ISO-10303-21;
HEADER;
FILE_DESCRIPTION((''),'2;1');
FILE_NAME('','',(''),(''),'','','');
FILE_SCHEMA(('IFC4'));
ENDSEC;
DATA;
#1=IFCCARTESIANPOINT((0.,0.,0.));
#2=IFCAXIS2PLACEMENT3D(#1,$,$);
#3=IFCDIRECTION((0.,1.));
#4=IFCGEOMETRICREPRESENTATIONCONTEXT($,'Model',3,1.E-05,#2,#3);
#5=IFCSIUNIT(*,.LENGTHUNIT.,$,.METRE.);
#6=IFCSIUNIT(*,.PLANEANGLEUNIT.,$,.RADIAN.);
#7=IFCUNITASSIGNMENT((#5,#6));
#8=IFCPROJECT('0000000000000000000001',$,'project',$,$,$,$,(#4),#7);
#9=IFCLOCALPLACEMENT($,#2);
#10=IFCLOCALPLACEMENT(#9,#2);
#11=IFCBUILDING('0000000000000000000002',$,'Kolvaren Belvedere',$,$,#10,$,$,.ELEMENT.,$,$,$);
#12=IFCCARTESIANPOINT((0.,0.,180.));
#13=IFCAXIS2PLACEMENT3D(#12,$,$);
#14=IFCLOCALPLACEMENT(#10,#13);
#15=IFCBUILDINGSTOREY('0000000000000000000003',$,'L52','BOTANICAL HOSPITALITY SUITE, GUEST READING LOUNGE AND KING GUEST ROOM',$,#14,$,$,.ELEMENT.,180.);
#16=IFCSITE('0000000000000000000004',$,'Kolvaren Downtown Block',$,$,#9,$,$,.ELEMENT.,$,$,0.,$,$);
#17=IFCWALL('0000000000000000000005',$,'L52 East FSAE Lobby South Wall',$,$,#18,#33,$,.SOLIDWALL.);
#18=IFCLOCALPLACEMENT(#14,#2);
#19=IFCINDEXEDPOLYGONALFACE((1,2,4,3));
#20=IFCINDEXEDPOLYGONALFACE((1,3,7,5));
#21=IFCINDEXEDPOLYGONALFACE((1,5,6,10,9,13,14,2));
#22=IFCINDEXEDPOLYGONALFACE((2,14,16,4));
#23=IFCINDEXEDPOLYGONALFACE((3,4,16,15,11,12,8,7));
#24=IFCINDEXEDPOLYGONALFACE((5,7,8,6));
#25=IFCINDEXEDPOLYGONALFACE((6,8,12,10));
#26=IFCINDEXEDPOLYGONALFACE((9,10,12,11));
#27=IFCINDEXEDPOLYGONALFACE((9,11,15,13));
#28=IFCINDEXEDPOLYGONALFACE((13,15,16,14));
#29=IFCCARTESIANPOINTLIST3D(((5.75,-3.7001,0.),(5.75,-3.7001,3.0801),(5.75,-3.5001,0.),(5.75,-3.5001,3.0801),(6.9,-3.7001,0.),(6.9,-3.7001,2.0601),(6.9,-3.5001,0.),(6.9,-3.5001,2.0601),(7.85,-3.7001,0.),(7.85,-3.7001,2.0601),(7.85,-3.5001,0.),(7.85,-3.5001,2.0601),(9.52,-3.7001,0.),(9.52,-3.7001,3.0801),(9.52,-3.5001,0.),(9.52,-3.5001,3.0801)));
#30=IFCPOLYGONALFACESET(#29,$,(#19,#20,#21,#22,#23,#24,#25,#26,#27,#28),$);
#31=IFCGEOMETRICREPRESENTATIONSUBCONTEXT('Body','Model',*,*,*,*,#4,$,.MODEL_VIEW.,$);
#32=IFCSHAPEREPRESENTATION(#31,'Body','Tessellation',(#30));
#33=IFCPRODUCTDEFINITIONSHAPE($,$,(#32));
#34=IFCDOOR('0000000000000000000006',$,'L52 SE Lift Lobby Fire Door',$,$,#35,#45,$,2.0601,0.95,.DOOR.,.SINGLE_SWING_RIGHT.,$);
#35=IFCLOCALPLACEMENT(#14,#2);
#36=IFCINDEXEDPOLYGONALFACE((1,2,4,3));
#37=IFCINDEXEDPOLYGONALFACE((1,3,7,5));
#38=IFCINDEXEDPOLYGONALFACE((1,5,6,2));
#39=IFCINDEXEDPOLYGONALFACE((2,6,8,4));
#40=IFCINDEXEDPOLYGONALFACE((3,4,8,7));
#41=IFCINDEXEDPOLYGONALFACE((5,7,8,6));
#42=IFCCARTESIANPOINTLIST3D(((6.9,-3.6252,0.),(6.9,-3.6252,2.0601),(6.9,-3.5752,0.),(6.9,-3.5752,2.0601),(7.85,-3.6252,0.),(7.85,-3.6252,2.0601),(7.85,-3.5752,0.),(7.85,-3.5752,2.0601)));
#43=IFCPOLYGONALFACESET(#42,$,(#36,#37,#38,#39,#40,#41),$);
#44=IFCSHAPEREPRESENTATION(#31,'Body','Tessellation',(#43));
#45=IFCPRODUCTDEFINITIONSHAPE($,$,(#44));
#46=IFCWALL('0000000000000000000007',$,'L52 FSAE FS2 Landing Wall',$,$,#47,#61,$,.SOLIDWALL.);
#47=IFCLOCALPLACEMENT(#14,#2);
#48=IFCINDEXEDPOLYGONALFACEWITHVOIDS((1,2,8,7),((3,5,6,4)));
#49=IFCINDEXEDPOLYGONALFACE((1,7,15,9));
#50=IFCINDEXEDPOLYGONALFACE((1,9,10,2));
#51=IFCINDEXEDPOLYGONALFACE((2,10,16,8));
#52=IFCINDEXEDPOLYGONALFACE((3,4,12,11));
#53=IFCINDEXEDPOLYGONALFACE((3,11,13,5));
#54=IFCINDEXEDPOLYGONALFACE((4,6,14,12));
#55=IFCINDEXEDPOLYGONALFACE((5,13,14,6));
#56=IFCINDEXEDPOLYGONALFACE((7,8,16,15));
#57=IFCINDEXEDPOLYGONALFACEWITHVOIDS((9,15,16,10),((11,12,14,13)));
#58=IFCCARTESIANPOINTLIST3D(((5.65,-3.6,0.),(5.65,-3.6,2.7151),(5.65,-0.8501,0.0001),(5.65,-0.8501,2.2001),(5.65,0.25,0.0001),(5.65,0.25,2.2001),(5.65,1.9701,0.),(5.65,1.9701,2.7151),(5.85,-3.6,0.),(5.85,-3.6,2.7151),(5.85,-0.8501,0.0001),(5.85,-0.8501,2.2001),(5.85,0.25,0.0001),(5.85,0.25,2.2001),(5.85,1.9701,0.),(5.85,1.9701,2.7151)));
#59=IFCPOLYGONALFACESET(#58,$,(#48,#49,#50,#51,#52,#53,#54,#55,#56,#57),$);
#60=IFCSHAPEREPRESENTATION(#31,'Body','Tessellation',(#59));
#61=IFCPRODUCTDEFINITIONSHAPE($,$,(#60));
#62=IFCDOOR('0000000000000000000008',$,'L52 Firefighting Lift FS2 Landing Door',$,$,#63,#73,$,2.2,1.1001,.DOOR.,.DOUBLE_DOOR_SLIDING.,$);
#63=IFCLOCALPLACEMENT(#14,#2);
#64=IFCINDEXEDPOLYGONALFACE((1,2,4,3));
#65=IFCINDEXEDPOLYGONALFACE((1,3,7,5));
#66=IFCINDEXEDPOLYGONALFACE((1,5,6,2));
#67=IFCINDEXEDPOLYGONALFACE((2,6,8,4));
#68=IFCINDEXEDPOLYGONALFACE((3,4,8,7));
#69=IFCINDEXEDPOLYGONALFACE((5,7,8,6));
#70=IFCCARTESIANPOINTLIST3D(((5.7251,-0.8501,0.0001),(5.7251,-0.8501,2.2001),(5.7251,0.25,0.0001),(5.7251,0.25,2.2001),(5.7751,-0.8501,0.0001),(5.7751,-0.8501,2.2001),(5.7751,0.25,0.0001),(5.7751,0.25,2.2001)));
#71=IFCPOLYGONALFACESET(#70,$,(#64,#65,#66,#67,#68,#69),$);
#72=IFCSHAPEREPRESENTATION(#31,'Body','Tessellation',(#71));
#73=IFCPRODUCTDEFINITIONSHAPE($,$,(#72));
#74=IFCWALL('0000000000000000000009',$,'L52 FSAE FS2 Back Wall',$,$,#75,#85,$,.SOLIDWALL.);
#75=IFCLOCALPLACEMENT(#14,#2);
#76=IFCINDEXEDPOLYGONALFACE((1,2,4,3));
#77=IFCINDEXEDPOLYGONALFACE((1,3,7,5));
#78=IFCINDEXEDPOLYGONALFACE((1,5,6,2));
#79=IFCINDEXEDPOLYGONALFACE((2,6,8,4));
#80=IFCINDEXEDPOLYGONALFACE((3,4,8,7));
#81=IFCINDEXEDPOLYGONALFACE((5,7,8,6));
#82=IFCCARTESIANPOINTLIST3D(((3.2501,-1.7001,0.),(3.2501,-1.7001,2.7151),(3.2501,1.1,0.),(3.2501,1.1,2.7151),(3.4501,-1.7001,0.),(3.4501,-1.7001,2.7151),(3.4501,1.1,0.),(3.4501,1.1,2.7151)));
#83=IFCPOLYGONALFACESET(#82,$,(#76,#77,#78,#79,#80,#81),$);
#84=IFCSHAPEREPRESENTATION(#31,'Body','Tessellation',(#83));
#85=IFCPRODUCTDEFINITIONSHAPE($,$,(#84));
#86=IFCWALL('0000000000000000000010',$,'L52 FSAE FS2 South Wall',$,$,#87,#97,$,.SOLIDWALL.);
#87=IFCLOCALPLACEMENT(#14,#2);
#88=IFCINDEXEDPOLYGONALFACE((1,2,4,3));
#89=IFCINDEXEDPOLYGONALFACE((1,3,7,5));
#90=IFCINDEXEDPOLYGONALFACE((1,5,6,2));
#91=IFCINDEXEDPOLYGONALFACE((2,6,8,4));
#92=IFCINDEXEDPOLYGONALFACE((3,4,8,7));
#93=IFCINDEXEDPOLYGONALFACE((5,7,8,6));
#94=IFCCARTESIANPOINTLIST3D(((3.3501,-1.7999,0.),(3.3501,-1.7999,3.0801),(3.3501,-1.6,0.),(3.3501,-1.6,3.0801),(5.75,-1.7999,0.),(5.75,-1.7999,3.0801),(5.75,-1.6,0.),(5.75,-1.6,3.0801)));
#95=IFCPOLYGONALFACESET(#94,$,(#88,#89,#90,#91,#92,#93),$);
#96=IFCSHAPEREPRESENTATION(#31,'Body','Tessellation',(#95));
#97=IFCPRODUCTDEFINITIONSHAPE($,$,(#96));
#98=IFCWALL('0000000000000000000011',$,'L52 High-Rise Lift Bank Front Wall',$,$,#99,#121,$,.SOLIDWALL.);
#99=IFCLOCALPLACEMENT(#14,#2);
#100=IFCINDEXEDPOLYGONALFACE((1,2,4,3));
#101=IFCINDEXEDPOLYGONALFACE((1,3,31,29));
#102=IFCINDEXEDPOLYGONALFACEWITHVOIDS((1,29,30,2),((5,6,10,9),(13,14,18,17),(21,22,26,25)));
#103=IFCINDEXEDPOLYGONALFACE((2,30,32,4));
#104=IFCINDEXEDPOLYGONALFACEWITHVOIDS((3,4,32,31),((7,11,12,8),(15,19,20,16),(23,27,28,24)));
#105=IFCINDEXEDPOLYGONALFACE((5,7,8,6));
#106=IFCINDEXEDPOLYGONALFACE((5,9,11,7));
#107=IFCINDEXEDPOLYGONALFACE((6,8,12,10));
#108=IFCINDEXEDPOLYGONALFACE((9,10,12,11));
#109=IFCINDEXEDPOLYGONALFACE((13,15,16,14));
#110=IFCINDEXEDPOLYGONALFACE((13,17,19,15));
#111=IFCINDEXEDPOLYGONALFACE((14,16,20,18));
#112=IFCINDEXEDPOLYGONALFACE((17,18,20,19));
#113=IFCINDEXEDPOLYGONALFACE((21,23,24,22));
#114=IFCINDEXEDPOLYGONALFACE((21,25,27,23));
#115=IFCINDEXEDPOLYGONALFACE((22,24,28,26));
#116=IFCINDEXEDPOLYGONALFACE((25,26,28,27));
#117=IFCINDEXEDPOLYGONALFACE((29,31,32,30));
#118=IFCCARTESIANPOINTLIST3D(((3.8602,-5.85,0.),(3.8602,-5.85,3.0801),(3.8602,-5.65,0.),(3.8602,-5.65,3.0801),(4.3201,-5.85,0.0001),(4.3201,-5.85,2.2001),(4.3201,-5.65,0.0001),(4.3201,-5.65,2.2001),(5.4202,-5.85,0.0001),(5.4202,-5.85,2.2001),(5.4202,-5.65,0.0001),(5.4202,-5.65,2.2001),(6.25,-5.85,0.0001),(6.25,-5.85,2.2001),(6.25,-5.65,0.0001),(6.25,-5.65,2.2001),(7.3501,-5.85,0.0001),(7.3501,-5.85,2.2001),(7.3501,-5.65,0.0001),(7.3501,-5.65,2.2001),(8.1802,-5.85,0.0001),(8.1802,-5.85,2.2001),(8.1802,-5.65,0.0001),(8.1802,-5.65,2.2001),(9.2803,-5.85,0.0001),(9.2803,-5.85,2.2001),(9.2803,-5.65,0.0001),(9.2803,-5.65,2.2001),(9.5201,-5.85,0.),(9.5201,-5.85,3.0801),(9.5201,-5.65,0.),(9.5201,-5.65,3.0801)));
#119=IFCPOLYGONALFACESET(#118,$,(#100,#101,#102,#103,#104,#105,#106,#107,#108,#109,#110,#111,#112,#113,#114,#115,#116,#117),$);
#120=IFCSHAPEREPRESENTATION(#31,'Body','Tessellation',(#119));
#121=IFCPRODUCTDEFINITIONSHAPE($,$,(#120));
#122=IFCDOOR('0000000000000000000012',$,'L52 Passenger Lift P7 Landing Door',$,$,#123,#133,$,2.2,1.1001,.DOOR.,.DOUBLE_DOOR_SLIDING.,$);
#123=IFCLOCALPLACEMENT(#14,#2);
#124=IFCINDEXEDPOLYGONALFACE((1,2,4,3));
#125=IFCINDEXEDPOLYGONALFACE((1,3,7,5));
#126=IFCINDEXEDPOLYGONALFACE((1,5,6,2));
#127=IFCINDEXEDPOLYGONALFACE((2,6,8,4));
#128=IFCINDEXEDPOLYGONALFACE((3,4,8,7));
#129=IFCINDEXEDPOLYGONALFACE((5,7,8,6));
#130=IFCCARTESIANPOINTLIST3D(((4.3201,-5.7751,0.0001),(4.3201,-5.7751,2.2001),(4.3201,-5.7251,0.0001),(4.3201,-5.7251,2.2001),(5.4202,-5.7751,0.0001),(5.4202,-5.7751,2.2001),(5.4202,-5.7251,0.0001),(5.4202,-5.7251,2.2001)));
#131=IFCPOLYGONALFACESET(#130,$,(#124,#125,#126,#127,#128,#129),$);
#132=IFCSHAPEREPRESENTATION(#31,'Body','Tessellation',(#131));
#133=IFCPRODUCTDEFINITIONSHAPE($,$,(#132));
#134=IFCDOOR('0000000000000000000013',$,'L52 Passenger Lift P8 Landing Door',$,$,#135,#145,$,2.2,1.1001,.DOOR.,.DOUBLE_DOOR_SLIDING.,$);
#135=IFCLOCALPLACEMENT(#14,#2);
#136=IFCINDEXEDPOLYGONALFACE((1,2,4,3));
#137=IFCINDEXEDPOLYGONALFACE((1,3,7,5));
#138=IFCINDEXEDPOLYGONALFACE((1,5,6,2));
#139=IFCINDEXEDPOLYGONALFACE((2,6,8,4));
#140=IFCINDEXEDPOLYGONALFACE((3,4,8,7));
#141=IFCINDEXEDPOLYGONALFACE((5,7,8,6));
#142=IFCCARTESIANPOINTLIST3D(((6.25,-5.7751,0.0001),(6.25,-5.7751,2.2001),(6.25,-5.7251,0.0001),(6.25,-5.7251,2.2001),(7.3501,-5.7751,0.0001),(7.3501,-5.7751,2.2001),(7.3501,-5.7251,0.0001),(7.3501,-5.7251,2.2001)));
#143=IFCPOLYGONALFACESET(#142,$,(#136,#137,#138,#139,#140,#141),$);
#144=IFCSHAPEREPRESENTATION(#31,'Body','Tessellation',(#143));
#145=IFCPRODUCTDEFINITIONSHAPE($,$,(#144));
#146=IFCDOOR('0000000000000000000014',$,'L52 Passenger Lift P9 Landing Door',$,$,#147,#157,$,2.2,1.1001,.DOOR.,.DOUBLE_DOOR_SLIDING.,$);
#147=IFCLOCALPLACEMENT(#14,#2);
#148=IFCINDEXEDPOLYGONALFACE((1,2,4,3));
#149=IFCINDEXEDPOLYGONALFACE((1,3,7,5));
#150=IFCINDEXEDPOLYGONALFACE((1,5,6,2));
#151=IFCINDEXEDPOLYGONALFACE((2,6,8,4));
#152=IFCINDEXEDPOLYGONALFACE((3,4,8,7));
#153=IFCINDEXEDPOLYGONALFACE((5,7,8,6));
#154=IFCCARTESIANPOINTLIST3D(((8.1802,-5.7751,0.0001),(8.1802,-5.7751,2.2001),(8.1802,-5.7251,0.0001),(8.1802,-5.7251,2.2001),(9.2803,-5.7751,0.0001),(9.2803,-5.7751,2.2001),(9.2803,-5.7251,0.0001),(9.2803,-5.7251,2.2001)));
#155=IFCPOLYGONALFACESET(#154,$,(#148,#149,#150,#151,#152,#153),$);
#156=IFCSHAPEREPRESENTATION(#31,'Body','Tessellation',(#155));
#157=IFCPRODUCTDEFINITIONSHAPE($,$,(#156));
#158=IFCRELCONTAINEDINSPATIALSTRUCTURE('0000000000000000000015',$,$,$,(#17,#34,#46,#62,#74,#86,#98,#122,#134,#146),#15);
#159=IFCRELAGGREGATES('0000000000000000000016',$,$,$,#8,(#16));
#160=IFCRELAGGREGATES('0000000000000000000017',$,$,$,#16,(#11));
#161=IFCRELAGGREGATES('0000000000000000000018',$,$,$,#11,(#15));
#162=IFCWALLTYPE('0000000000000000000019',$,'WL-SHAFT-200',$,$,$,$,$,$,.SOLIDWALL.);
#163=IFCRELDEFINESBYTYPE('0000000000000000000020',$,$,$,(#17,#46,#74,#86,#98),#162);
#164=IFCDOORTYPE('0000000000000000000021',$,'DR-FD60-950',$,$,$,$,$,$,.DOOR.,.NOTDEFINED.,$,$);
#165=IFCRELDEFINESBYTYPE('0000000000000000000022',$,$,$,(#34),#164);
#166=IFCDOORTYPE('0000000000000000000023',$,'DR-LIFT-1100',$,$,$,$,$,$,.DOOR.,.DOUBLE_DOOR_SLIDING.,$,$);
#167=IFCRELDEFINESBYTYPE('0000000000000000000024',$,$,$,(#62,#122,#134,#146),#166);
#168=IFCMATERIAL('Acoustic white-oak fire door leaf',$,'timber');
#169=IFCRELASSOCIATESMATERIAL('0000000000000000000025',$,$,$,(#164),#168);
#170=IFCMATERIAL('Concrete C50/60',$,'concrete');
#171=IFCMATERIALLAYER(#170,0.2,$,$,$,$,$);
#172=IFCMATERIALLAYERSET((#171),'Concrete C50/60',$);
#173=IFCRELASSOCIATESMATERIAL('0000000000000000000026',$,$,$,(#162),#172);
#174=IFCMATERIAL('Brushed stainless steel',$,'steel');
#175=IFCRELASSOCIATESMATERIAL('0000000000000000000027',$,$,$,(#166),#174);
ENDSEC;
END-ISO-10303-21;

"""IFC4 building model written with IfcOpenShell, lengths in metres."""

from ifc_helpers import new_model, si_unit, direction, frame, frame_2d, origin, place, context, subcontext, project, spatial, rectangle, extrude, material, layer, layer_set, type_object, element, fill, save


model = new_model("IFC4")

# Units and contexts
model_context = context("Model", 3, precision=1e-05, world=origin(), true_north=direction((0.0, 1.0)))
body_context = subcontext(model_context, "Body", "Model", "MODEL_VIEW")
ifc_project = project(units=[si_unit("LENGTHUNIT", "METRE"), si_unit("PLANEANGLEUNIT", "RADIAN")], contexts=[model_context])

# Site, building, storey
site_placement = place(None, origin())
site = spatial("IfcSite", under=ifc_project, at=site_placement, Name="Kolvaren Downtown Block", CompositionType="ELEMENT", RefElevation=0.0)
building_placement = place(site_placement, origin())
building = spatial("IfcBuilding", under=site, at=building_placement, Name="Kolvaren Belvedere", CompositionType="ELEMENT")
storey_placement = place(building_placement, frame((0.0, 0.0, 180.0)))
storey = spatial("IfcBuildingStorey", under=building, at=storey_placement, Name="L52", Description="BOTANICAL HOSPITALITY SUITE, GUEST READING LOUNGE AND KING GUEST ROOM", CompositionType="ELEMENT", Elevation=180.0)

# Walls, openings, doors
ifc_material_1 = material(Name="Acoustic white-oak fire door leaf", Category="timber")
door_type_1 = type_object("IfcDoorType", Name="DR-FD60-950", OperationType="NOTDEFINED", PredefinedType="DOOR", material=ifc_material_1)
ifc_material_2 = material(Name="Concrete C50/60", Category="concrete")
ifc_layer_1 = layer(ifc_material_2, 0.2)
ifc_layer_set_1 = layer_set([ifc_layer_1], Name="Concrete C50/60")
wall_type_1 = type_object("IfcWallType", Name="WL-SHAFT-200", PredefinedType="SOLIDWALL", material=ifc_layer_set_1)
wall_1_placement = place(storey_placement, frame((5.75, -3.6001, 0.0), z_axis=(0.0, 0.0, 1.0), x_axis=(1.0, 0.0, 0.0)))
wall_1 = element("IfcWall", 1, at=wall_1_placement, inside=storey, type_object=wall_type_1, Name="L52 East FSAE Lobby South Wall", PredefinedType="SOLIDWALL", context=body_context, shape_type="SweptSolid", body=[
    extrude(rectangle(XDim=3.77, YDim=0.2, at=frame_2d((1.885, 0.0))), origin(), (0.0, 0.0, 1.0), 3.0801),
])
opening_1_placement = place(wall_1_placement, frame((1.1499, 0.0, 0.0)))
opening_1 = element("IfcOpeningElement", 2, at=opening_1_placement, cuts=wall_1, PredefinedType="OPENING", context=body_context, shape_type="SweptSolid", body=[
    extrude(rectangle(XDim=0.95, YDim=2.0601, at=frame_2d((0.4751, 1.03))), frame((0.0, 0.1099, 0.0), z_axis=(0.0, -1.0, 0.0), x_axis=(1.0, 0.0, 0.0)), (0.0, 0.0, 1.0), 0.22),
])
door_1_placement = place(opening_1_placement, origin())
door_1 = element("IfcDoor", 3, at=door_1_placement, inside=storey, type_object=door_type_1, Name="L52 SE Lift Lobby Fire Door", OperationType="SINGLE_SWING_RIGHT", OverallHeight=2.0601, OverallWidth=0.95, PredefinedType="DOOR", context=body_context, shape_type="SweptSolid", body=[
    extrude(rectangle(XDim=0.95, YDim=2.0601, at=frame_2d((0.4751, 1.03))), frame((0.0, 0.0249, 0.0), z_axis=(0.0, -1.0, 0.0), x_axis=(1.0, 0.0, 0.0)), (0.0, 0.0, 1.0), 0.05),
])
fill(opening_1, door_1)
wall_2_placement = place(storey_placement, frame((5.75, -3.6001, 0.0), z_axis=(0.0, 0.0, 1.0), x_axis=(0.0, 1.0, 0.0)))
wall_2 = element("IfcWall", 4, at=wall_2_placement, inside=storey, type_object=wall_type_1, Name="L52 FSAE FS2 Landing Wall", PredefinedType="SOLIDWALL", context=body_context, shape_type="SweptSolid", body=[
    extrude(rectangle(XDim=5.5701, YDim=0.2, at=frame_2d((2.7852, 0.0))), origin(), (0.0, 0.0, 1.0), 2.7151),
])
opening_2_placement = place(wall_2_placement, frame((2.75, 0.0, 0.0)))
opening_2 = element("IfcOpeningElement", 5, at=opening_2_placement, cuts=wall_2, PredefinedType="OPENING", context=body_context, shape_type="SweptSolid", body=[
    extrude(rectangle(XDim=1.1001, YDim=2.2, at=frame_2d((0.55, 1.1001))), frame((0.0, 0.1099, 0.0), z_axis=(0.0, -1.0, 0.0), x_axis=(1.0, 0.0, 0.0)), (0.0, 0.0, 1.0), 0.22),
])
ifc_material_3 = material(Name="Brushed stainless steel", Category="steel")
door_type_2 = type_object("IfcDoorType", Name="DR-LIFT-1100", OperationType="DOUBLE_DOOR_SLIDING", PredefinedType="DOOR", material=ifc_material_3)
door_2_placement = place(opening_2_placement, origin())
door_2 = element("IfcDoor", 6, at=door_2_placement, inside=storey, type_object=door_type_2, Name="L52 Firefighting Lift FS2 Landing Door", OperationType="DOUBLE_DOOR_SLIDING", OverallHeight=2.2, OverallWidth=1.1001, PredefinedType="DOOR", context=body_context, shape_type="SweptSolid", body=[
    extrude(rectangle(XDim=1.1001, YDim=2.2, at=frame_2d((0.55, 1.1001))), frame((0.0, 0.0249, 0.0), z_axis=(0.0, -1.0, 0.0), x_axis=(1.0, 0.0, 0.0)), (0.0, 0.0, 1.0), 0.05),
])
fill(opening_2, door_2)

# Walls
wall_3_placement = place(storey_placement, frame((3.3501, -1.7, 0.0), z_axis=(0.0, 0.0, 1.0), x_axis=(0.0, 1.0, 0.0)))
element("IfcWall", 7, at=wall_3_placement, inside=storey, type_object=wall_type_1, Name="L52 FSAE FS2 Back Wall", PredefinedType="SOLIDWALL", context=body_context, shape_type="SweptSolid", body=[
    extrude(rectangle(XDim=2.8, YDim=0.2, at=frame_2d((1.3999, 0.0))), origin(), (0.0, 0.0, 1.0), 2.7151),
])
wall_4_placement = place(storey_placement, frame((3.3501, -1.7, 0.0), z_axis=(0.0, 0.0, 1.0), x_axis=(1.0, 0.0, 0.0)))
element("IfcWall", 8, at=wall_4_placement, inside=storey, type_object=wall_type_1, Name="L52 FSAE FS2 South Wall", PredefinedType="SOLIDWALL", context=body_context, shape_type="SweptSolid", body=[
    extrude(rectangle(XDim=2.3999, YDim=0.2, at=frame_2d((1.2, 0.0))), origin(), (0.0, 0.0, 1.0), 3.0801),
])

# Wall, openings, doors
wall_5_placement = place(storey_placement, frame((3.8601, -5.75, 0.0), z_axis=(0.0, 0.0, 1.0), x_axis=(1.0, 0.0, 0.0)))
wall_5 = element("IfcWall", 9, at=wall_5_placement, inside=storey, type_object=wall_type_1, Name="L52 High-Rise Lift Bank Front Wall", PredefinedType="SOLIDWALL", context=body_context, shape_type="SweptSolid", body=[
    extrude(rectangle(XDim=5.6599, YDim=0.2, at=frame_2d((2.8301, 0.0))), origin(), (0.0, 0.0, 1.0), 3.0801),
])
opening_3_placement = place(wall_5_placement, frame((0.46, 0.0, 0.0)))
opening_3 = element("IfcOpeningElement", 10, at=opening_3_placement, cuts=wall_5, PredefinedType="OPENING", context=body_context, shape_type="SweptSolid", body=[
    extrude(rectangle(XDim=1.1001, YDim=2.2, at=frame_2d((0.55, 1.1001))), frame((0.0, 0.1099, 0.0), z_axis=(0.0, -1.0, 0.0), x_axis=(1.0, 0.0, 0.0)), (0.0, 0.0, 1.0), 0.22),
])
opening_4_placement = place(wall_5_placement, frame((2.3899, 0.0, 0.0)))
opening_4 = element("IfcOpeningElement", 11, at=opening_4_placement, cuts=wall_5, PredefinedType="OPENING", context=body_context, shape_type="SweptSolid", body=[
    extrude(rectangle(XDim=1.1001, YDim=2.2, at=frame_2d((0.55, 1.1001))), frame((0.0, 0.1099, 0.0), z_axis=(0.0, -1.0, 0.0), x_axis=(1.0, 0.0, 0.0)), (0.0, 0.0, 1.0), 0.22),
])
opening_5_placement = place(wall_5_placement, frame((4.3201, 0.0, 0.0)))
opening_5 = element("IfcOpeningElement", 12, at=opening_5_placement, cuts=wall_5, PredefinedType="OPENING", context=body_context, shape_type="SweptSolid", body=[
    extrude(rectangle(XDim=1.1001, YDim=2.2, at=frame_2d((0.55, 1.1001))), frame((0.0, 0.1099, 0.0), z_axis=(0.0, -1.0, 0.0), x_axis=(1.0, 0.0, 0.0)), (0.0, 0.0, 1.0), 0.22),
])
door_3_placement = place(opening_3_placement, origin())
door_3 = element("IfcDoor", 13, at=door_3_placement, inside=storey, type_object=door_type_2, Name="L52 Passenger Lift P7 Landing Door", OperationType="DOUBLE_DOOR_SLIDING", OverallHeight=2.2, OverallWidth=1.1001, PredefinedType="DOOR", context=body_context, shape_type="SweptSolid", body=[
    extrude(rectangle(XDim=1.1001, YDim=2.2, at=frame_2d((0.55, 1.1001))), frame((0.0, 0.0249, 0.0), z_axis=(0.0, -1.0, 0.0), x_axis=(1.0, 0.0, 0.0)), (0.0, 0.0, 1.0), 0.05),
])
fill(opening_3, door_3)
door_4_placement = place(opening_4_placement, origin())
door_4 = element("IfcDoor", 14, at=door_4_placement, inside=storey, type_object=door_type_2, Name="L52 Passenger Lift P8 Landing Door", OperationType="DOUBLE_DOOR_SLIDING", OverallHeight=2.2, OverallWidth=1.1001, PredefinedType="DOOR", context=body_context, shape_type="SweptSolid", body=[
    extrude(rectangle(XDim=1.1001, YDim=2.2, at=frame_2d((0.55, 1.1001))), frame((0.0, 0.0249, 0.0), z_axis=(0.0, -1.0, 0.0), x_axis=(1.0, 0.0, 0.0)), (0.0, 0.0, 1.0), 0.05),
])
fill(opening_4, door_4)
door_5_placement = place(opening_5_placement, origin())
door_5 = element("IfcDoor", 15, at=door_5_placement, inside=storey, type_object=door_type_2, Name="L52 Passenger Lift P9 Landing Door", OperationType="DOUBLE_DOOR_SLIDING", OverallHeight=2.2, OverallWidth=1.1001, PredefinedType="DOOR", context=body_context, shape_type="SweptSolid", body=[
    extrude(rectangle(XDim=1.1001, YDim=2.2, at=frame_2d((0.55, 1.1001))), frame((0.0, 0.0249, 0.0), z_axis=(0.0, -1.0, 0.0), x_axis=(1.0, 0.0, 0.0)), (0.0, 0.0, 1.0), 0.05),
])
fill(opening_5, door_5)

save(model, "model.ifc")
